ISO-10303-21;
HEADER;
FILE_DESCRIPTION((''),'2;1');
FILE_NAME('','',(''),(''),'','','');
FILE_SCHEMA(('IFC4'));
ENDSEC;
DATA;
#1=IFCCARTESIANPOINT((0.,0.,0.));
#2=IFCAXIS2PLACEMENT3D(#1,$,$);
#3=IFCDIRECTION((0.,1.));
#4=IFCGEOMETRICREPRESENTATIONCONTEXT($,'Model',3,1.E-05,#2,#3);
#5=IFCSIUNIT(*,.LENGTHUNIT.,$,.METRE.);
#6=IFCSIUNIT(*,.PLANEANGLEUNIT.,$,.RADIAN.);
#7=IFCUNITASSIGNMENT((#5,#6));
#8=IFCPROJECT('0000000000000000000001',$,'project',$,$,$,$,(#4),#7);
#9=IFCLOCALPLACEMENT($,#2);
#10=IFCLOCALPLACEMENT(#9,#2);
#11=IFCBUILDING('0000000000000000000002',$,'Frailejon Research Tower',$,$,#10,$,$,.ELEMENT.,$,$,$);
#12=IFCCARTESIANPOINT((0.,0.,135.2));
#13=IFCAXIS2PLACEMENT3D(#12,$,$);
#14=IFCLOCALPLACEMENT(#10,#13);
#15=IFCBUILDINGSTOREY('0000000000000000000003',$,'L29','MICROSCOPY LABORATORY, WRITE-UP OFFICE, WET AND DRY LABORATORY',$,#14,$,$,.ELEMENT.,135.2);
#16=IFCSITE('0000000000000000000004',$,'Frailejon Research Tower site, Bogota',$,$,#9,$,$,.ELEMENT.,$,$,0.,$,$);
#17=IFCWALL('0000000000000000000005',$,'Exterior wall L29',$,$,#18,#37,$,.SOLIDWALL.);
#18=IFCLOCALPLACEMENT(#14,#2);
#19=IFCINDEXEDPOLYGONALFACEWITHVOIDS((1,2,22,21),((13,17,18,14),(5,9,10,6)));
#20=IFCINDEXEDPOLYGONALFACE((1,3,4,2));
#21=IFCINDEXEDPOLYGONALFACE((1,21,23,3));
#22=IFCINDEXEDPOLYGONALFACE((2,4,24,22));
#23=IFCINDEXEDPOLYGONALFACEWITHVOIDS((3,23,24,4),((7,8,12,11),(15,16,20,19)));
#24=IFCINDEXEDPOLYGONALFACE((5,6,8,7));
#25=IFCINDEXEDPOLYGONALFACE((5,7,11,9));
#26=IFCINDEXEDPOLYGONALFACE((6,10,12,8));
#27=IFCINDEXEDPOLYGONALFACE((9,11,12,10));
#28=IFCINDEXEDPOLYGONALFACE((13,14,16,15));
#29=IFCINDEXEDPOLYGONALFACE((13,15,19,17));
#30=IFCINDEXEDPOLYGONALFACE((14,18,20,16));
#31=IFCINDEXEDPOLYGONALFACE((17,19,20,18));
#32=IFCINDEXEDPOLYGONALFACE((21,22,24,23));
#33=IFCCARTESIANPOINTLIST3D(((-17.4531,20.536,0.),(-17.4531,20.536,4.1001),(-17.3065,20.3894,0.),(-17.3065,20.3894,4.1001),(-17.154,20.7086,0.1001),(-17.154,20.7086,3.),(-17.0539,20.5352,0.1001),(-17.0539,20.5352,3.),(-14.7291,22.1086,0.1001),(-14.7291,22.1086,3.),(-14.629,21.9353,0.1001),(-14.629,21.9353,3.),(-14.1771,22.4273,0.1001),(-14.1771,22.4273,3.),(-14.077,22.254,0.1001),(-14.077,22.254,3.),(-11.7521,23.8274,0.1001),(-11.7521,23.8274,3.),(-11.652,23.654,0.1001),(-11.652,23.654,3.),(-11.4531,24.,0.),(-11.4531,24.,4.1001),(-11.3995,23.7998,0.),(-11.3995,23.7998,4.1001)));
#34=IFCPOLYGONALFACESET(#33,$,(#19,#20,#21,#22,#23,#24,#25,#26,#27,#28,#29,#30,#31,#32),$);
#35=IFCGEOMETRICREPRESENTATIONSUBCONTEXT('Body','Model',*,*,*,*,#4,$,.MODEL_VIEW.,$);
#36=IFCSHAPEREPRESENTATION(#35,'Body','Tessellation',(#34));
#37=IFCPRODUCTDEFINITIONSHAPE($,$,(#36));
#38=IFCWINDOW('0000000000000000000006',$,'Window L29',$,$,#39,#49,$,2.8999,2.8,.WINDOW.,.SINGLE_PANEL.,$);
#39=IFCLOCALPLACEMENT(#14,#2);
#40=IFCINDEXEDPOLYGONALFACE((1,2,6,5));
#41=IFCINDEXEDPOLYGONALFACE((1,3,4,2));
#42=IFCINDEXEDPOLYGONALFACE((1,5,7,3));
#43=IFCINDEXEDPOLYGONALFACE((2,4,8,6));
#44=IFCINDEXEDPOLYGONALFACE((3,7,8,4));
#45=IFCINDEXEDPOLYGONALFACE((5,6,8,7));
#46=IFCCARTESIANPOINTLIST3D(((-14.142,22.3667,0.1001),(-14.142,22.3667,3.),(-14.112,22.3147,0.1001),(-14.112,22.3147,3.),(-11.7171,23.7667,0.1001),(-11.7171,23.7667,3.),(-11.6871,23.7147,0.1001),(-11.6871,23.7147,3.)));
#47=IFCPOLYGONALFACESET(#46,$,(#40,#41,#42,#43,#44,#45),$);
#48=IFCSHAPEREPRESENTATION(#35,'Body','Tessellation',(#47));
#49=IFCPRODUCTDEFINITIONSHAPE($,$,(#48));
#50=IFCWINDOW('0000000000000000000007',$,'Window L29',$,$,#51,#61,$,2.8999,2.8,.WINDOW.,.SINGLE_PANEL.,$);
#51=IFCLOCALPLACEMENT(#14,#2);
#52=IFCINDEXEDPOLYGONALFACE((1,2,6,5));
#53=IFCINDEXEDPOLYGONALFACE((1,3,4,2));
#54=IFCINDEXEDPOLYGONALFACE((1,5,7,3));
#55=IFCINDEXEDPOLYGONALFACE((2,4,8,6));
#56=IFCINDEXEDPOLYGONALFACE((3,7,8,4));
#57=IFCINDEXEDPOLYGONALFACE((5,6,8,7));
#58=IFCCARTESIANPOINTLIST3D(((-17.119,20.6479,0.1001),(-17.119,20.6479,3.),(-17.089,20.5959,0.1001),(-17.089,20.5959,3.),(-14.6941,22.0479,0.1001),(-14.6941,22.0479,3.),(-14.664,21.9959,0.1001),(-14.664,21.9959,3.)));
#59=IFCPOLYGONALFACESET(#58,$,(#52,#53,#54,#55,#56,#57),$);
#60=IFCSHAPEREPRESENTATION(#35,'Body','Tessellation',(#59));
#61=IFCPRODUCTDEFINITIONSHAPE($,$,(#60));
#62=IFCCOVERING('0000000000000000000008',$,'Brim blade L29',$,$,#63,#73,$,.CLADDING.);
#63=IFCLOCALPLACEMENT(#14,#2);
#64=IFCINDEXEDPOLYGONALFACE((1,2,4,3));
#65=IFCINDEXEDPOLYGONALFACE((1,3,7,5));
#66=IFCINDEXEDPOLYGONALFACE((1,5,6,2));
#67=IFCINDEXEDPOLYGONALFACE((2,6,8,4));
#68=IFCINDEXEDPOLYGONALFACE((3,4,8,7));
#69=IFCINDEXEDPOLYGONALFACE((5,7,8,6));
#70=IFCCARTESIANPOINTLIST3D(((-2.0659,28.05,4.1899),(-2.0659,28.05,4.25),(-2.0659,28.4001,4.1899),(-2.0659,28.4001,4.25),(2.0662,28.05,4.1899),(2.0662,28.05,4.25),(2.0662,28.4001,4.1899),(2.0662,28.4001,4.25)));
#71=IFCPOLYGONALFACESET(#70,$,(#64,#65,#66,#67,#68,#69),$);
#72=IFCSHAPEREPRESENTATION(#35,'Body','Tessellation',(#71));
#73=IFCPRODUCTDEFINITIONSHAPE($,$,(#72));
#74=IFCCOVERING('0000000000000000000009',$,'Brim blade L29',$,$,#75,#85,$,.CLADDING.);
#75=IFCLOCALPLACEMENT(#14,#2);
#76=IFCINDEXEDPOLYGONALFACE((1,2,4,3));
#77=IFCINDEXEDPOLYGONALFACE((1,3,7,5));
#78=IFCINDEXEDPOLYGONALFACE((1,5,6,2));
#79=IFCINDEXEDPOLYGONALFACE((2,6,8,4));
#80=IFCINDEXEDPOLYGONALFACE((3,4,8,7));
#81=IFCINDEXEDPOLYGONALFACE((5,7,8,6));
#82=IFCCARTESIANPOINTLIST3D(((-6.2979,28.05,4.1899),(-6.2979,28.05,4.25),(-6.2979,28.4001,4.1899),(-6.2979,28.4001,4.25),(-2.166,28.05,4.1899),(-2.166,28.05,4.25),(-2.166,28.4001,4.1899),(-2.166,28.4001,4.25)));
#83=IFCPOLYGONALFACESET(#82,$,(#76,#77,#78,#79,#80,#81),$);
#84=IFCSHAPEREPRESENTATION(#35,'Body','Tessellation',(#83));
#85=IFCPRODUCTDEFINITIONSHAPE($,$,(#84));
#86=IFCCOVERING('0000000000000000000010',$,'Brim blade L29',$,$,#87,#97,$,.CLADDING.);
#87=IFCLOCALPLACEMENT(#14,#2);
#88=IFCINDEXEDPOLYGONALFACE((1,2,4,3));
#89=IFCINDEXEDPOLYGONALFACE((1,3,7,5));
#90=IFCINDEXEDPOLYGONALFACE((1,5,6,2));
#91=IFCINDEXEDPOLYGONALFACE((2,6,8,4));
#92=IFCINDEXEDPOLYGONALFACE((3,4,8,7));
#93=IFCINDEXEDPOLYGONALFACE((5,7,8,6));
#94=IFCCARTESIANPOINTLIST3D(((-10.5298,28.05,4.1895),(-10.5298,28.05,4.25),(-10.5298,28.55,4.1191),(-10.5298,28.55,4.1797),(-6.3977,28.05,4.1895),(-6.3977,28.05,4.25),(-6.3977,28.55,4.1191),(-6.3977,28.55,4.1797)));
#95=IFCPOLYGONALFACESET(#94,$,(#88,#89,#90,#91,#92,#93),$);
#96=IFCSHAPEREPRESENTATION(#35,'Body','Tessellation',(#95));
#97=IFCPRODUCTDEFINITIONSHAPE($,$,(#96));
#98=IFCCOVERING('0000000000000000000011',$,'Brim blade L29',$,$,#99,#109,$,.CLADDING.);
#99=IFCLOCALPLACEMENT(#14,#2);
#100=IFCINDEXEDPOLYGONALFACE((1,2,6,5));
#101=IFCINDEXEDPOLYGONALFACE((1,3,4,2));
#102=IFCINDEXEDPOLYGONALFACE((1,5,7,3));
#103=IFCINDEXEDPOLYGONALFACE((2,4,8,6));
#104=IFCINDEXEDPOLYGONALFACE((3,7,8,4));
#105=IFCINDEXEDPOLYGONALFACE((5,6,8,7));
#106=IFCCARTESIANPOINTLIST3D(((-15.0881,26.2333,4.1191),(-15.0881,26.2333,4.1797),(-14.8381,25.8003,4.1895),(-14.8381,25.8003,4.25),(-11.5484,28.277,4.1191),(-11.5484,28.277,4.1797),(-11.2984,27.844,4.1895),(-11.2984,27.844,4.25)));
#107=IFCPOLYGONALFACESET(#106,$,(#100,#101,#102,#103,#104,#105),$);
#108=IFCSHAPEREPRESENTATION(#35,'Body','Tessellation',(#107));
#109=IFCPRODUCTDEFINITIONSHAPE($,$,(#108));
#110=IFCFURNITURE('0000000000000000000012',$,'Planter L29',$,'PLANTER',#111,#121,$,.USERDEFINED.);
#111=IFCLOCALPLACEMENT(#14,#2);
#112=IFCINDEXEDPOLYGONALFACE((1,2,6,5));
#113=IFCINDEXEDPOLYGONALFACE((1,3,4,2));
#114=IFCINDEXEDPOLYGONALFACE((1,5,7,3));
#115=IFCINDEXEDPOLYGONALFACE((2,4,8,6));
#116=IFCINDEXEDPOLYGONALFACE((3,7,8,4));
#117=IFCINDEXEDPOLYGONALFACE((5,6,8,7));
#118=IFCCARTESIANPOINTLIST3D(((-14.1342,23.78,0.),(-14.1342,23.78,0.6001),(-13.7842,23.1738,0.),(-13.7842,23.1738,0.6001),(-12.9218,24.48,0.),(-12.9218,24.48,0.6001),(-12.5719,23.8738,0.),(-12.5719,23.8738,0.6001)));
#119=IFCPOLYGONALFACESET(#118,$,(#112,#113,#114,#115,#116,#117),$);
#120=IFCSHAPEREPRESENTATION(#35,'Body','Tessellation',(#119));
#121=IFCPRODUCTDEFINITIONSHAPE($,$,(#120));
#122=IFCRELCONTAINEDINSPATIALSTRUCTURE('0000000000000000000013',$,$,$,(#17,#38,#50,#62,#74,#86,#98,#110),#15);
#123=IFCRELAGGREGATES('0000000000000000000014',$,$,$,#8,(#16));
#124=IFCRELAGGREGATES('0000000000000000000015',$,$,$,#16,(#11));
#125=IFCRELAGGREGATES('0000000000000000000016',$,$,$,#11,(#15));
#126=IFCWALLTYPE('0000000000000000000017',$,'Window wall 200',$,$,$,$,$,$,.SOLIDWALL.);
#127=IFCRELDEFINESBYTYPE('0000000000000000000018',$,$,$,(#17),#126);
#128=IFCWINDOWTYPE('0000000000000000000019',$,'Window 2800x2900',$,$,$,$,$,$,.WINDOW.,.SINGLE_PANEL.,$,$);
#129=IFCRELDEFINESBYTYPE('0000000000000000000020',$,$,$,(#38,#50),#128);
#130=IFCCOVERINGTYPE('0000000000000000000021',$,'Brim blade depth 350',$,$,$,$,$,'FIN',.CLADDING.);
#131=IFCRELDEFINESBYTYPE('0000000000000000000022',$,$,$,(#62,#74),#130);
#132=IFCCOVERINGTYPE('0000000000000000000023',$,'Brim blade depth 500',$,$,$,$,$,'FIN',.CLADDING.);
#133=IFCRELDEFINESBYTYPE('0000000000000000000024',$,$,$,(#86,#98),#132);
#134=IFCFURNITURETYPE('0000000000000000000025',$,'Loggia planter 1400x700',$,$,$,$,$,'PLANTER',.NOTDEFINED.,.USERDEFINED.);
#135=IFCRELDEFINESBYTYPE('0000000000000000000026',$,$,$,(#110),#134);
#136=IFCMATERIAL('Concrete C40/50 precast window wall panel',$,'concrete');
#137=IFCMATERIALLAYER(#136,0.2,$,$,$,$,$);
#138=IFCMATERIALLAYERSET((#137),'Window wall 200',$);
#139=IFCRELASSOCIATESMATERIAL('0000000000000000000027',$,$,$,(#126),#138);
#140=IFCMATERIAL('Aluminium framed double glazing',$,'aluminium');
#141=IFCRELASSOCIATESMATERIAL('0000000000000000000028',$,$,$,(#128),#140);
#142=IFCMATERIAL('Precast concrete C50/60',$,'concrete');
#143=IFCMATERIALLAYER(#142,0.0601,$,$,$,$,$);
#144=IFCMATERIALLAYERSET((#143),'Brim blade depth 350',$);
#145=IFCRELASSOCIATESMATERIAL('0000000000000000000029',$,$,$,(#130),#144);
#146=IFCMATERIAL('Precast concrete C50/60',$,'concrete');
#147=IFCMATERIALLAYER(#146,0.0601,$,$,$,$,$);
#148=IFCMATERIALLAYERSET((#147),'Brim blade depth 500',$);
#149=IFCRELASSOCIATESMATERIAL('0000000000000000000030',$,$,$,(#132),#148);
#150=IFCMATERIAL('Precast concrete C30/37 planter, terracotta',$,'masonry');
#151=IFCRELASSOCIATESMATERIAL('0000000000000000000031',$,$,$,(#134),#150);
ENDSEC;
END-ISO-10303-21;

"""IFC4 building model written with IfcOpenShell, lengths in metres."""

from ifc_helpers import new_model, si_unit, direction, frame, frame_2d, origin, origin_2d, place, context, subcontext, project, spatial, polyline, rectangle, outline, extrude, material, layer, layer_set, type_object, element, fill, save


model = new_model("IFC4")

# Units and contexts
model_context = context("Model", 3, precision=1e-05, world=origin(), true_north=direction((0.0, 1.0)))
body_context = subcontext(model_context, "Body", "Model", "MODEL_VIEW")
ifc_project = project(units=[si_unit("LENGTHUNIT", "METRE"), si_unit("PLANEANGLEUNIT", "RADIAN")], contexts=[model_context])

# Site, building, storey
site_placement = place(None, origin())
site = spatial("IfcSite", under=ifc_project, at=site_placement, Name="Frailejon Research Tower site, Bogota", CompositionType="ELEMENT", RefElevation=0.0)
building_placement = place(site_placement, origin())
building = spatial("IfcBuilding", under=site, at=building_placement, Name="Frailejon Research Tower", CompositionType="ELEMENT")
storey_placement = place(building_placement, frame((0.0, 0.0, 135.2)))
storey = spatial("IfcBuildingStorey", under=building, at=storey_placement, Name="L29", Description="MICROSCOPY LABORATORY, WRITE-UP OFFICE, WET AND DRY LABORATORY", CompositionType="ELEMENT", Elevation=135.2)

# Wall, openings, windows
ifc_material_1 = material(Name="Concrete C40/50 precast window wall panel", Category="concrete")
ifc_layer_1 = layer(ifc_material_1, 0.2)
ifc_layer_set_1 = layer_set([ifc_layer_1], Name="Window wall 200")
wall_type = type_object("IfcWallType", Name="Window wall 200", PredefinedType="SOLIDWALL", material=ifc_layer_set_1)
wall_placement = place(storey_placement, frame((-11.4263, 23.8999, 0.0), z_axis=(0.0, 0.0, 1.0), x_axis=(-0.866029, -0.499993, 0.0)))
wall = element("IfcWall", 1, at=wall_placement, inside=storey, type_object=wall_type, Name="Exterior wall L29", PredefinedType="SOLIDWALL", context=body_context, shape_type="SweptSolid", body=[
    extrude(outline(polyline([(-0.0269, -0.1001), (1.1279, -0.1001), (2.2825, -0.1001), (3.4373, -0.1001), (4.592, -0.1001), (5.7466, -0.1001), (6.9014, -0.1001), (6.8477, 0.1001), (5.7109, 0.1001), (4.574, 0.1001), (3.4373, 0.1001), (2.3005, 0.1001), (1.1636, 0.1001), (0.0269, 0.1001), (-0.0269, -0.1001)])), origin(), (0.0, 0.0, 1.0), 4.1001),
])
opening_1_placement = place(wall_placement, frame((0.3186, 0.0, 0.1001)))
opening_1 = element("IfcOpeningElement", 2, at=opening_1_placement, cuts=wall, PredefinedType="OPENING", context=body_context, shape_type="SweptSolid", body=[
    extrude(rectangle(XDim=2.8, YDim=2.8999, at=frame_2d((1.3999, 1.45))), frame((0.0, 0.1099, 0.0), z_axis=(0.0, -1.0, 0.0), x_axis=(1.0, 0.0, 0.0)), (0.0, 0.0, 1.0), 0.22),
])
opening_2_placement = place(wall_placement, frame((3.7561, 0.0, 0.1001)))
opening_2 = element("IfcOpeningElement", 3, at=opening_2_placement, cuts=wall, PredefinedType="OPENING", context=body_context, shape_type="SweptSolid", body=[
    extrude(rectangle(XDim=2.8, YDim=2.8999, at=frame_2d((1.3999, 1.45))), frame((0.0, 0.1099, 0.0), z_axis=(0.0, -1.0, 0.0), x_axis=(1.0, 0.0, 0.0)), (0.0, 0.0, 1.0), 0.22),
])
ifc_material_2 = material(Name="Aluminium framed double glazing", Category="aluminium")
window_type = type_object("IfcWindowType", Name="Window 2800x2900", PartitioningType="SINGLE_PANEL", PredefinedType="WINDOW", material=ifc_material_2)
window_1_placement = place(opening_1_placement, origin())
window_1 = element("IfcWindow", 4, at=window_1_placement, inside=storey, type_object=window_type, Name="Window L29", OverallHeight=2.8999, OverallWidth=2.8, PartitioningType="SINGLE_PANEL", PredefinedType="WINDOW", context=body_context, shape_type="SweptSolid", body=[
    extrude(rectangle(XDim=2.8, YDim=2.8999, at=frame_2d((1.3999, 1.45))), frame((0.0, 0.03, 0.0), z_axis=(0.0, -1.0, 0.0), x_axis=(1.0, 0.0, 0.0)), (0.0, 0.0, 1.0), 0.0601),
])
fill(opening_1, window_1)
window_2_placement = place(opening_2_placement, origin())
window_2 = element("IfcWindow", 5, at=window_2_placement, inside=storey, type_object=window_type, Name="Window L29", OverallHeight=2.8999, OverallWidth=2.8, PartitioningType="SINGLE_PANEL", PredefinedType="WINDOW", context=body_context, shape_type="SweptSolid", body=[
    extrude(rectangle(XDim=2.8, YDim=2.8999, at=frame_2d((1.3999, 1.45))), frame((0.0, 0.03, 0.0), z_axis=(0.0, -1.0, 0.0), x_axis=(1.0, 0.0, 0.0)), (0.0, 0.0, 1.0), 0.0601),
])
fill(opening_2, window_2)

# Coverings
ifc_material_3 = material(Name="Precast concrete C50/60", Category="concrete")
ifc_layer_2 = layer(ifc_material_3, 0.0601)
ifc_layer_set_2 = layer_set([ifc_layer_2], Name="Brim blade depth 350")
covering_type_1 = type_object("IfcCoveringType", Name="Brim blade depth 350", ElementType="FIN", PredefinedType="CLADDING", material=ifc_layer_set_2)
covering_1_placement = place(storey_placement, frame((-2.0659, 28.05, 4.25), z_axis=(1.0, 0.0, 0.0), x_axis=(0.0, 1.0, 0.0)))
element("IfcCovering", 6, at=covering_1_placement, inside=storey, type_object=covering_type_1, Name="Brim blade L29", PredefinedType="CLADDING", context=body_context, shape_type="SweptSolid", body=[
    extrude(outline(polyline([(0.0, -0.0601), (0.3501, -0.0601), (0.3501, 0.0), (0.0, 0.0), (0.0, -0.0601)])), origin(), (0.0, 0.0, 1.0), 4.1321),
])
covering_2_placement = place(storey_placement, frame((-6.2979, 28.05, 4.25), z_axis=(1.0, 0.0, 0.0), x_axis=(0.0, 1.0, 0.0)))
element("IfcCovering", 7, at=covering_2_placement, inside=storey, type_object=covering_type_1, Name="Brim blade L29", PredefinedType="CLADDING", context=body_context, shape_type="SweptSolid", body=[
    extrude(outline(polyline([(0.0, -0.0601), (0.3501, -0.0601), (0.3501, 0.0), (0.0, 0.0), (0.0, -0.0601)])), origin(), (0.0, 0.0, 1.0), 4.1318),
])
ifc_material_4 = material(Name="Precast concrete C50/60", Category="concrete")
ifc_layer_3 = layer(ifc_material_4, 0.0601)
ifc_layer_set_3 = layer_set([ifc_layer_3], Name="Brim blade depth 500")
covering_type_2 = type_object("IfcCoveringType", Name="Brim blade depth 500", ElementType="FIN", PredefinedType="CLADDING", material=ifc_layer_set_3)
covering_3_placement = place(storey_placement, frame((-10.5298, 28.05, 4.25), z_axis=(1.0, 0.0, 0.0), x_axis=(0.0, 1.0, 0.0)))
element("IfcCovering", 8, at=covering_3_placement, inside=storey, type_object=covering_type_2, Name="Brim blade L29", PredefinedType="CLADDING", context=body_context, shape_type="SweptSolid", body=[
    extrude(outline(polyline([(0.0, -0.0605), (0.5, -0.1309), (0.5, -0.0703), (0.0, 0.0), (0.0, -0.0605)])), origin(), (0.0, 0.0, 1.0), 4.1321),
])
covering_4_placement = place(storey_placement, frame((-14.8381, 25.8003, 4.25), z_axis=(0.866021, 0.500007, 0.0), x_axis=(-0.500007, 0.866021, 0.0)))
element("IfcCovering", 9, at=covering_4_placement, inside=storey, type_object=covering_type_2, Name="Brim blade L29", PredefinedType="CLADDING", context=body_context, shape_type="SweptSolid", body=[
    extrude(outline(polyline([(0.0, -0.0605), (0.5, -0.1309), (0.5, -0.0703), (0.0, 0.0), (0.0, -0.0605)])), origin(), (0.0, 0.0, 1.0), 4.0874),
])

# Furniture
ifc_material_5 = material(Name="Precast concrete C30/37 planter, terracotta", Category="masonry")
furniture_type = type_object("IfcFurnitureType", Name="Loggia planter 1400x700", ElementType="PLANTER", AssemblyPlace="NOTDEFINED", PredefinedType="USERDEFINED", material=ifc_material_5)
furniture_placement = place(storey_placement, frame((-13.353, 23.8269, 0.0), z_axis=(0.0, 0.0, 1.0), x_axis=(-0.866025, -0.5, 0.0)))
element("IfcFurniture", 10, at=furniture_placement, inside=storey, type_object=furniture_type, Name="Planter L29", ObjectType="PLANTER", PredefinedType="USERDEFINED", context=body_context, shape_type="SweptSolid", body=[
    extrude(rectangle(XDim=1.3999, YDim=0.7, at=origin_2d()), origin(), (0.0, 0.0, 1.0), 0.6001),
])

save(model, "model.ifc")
